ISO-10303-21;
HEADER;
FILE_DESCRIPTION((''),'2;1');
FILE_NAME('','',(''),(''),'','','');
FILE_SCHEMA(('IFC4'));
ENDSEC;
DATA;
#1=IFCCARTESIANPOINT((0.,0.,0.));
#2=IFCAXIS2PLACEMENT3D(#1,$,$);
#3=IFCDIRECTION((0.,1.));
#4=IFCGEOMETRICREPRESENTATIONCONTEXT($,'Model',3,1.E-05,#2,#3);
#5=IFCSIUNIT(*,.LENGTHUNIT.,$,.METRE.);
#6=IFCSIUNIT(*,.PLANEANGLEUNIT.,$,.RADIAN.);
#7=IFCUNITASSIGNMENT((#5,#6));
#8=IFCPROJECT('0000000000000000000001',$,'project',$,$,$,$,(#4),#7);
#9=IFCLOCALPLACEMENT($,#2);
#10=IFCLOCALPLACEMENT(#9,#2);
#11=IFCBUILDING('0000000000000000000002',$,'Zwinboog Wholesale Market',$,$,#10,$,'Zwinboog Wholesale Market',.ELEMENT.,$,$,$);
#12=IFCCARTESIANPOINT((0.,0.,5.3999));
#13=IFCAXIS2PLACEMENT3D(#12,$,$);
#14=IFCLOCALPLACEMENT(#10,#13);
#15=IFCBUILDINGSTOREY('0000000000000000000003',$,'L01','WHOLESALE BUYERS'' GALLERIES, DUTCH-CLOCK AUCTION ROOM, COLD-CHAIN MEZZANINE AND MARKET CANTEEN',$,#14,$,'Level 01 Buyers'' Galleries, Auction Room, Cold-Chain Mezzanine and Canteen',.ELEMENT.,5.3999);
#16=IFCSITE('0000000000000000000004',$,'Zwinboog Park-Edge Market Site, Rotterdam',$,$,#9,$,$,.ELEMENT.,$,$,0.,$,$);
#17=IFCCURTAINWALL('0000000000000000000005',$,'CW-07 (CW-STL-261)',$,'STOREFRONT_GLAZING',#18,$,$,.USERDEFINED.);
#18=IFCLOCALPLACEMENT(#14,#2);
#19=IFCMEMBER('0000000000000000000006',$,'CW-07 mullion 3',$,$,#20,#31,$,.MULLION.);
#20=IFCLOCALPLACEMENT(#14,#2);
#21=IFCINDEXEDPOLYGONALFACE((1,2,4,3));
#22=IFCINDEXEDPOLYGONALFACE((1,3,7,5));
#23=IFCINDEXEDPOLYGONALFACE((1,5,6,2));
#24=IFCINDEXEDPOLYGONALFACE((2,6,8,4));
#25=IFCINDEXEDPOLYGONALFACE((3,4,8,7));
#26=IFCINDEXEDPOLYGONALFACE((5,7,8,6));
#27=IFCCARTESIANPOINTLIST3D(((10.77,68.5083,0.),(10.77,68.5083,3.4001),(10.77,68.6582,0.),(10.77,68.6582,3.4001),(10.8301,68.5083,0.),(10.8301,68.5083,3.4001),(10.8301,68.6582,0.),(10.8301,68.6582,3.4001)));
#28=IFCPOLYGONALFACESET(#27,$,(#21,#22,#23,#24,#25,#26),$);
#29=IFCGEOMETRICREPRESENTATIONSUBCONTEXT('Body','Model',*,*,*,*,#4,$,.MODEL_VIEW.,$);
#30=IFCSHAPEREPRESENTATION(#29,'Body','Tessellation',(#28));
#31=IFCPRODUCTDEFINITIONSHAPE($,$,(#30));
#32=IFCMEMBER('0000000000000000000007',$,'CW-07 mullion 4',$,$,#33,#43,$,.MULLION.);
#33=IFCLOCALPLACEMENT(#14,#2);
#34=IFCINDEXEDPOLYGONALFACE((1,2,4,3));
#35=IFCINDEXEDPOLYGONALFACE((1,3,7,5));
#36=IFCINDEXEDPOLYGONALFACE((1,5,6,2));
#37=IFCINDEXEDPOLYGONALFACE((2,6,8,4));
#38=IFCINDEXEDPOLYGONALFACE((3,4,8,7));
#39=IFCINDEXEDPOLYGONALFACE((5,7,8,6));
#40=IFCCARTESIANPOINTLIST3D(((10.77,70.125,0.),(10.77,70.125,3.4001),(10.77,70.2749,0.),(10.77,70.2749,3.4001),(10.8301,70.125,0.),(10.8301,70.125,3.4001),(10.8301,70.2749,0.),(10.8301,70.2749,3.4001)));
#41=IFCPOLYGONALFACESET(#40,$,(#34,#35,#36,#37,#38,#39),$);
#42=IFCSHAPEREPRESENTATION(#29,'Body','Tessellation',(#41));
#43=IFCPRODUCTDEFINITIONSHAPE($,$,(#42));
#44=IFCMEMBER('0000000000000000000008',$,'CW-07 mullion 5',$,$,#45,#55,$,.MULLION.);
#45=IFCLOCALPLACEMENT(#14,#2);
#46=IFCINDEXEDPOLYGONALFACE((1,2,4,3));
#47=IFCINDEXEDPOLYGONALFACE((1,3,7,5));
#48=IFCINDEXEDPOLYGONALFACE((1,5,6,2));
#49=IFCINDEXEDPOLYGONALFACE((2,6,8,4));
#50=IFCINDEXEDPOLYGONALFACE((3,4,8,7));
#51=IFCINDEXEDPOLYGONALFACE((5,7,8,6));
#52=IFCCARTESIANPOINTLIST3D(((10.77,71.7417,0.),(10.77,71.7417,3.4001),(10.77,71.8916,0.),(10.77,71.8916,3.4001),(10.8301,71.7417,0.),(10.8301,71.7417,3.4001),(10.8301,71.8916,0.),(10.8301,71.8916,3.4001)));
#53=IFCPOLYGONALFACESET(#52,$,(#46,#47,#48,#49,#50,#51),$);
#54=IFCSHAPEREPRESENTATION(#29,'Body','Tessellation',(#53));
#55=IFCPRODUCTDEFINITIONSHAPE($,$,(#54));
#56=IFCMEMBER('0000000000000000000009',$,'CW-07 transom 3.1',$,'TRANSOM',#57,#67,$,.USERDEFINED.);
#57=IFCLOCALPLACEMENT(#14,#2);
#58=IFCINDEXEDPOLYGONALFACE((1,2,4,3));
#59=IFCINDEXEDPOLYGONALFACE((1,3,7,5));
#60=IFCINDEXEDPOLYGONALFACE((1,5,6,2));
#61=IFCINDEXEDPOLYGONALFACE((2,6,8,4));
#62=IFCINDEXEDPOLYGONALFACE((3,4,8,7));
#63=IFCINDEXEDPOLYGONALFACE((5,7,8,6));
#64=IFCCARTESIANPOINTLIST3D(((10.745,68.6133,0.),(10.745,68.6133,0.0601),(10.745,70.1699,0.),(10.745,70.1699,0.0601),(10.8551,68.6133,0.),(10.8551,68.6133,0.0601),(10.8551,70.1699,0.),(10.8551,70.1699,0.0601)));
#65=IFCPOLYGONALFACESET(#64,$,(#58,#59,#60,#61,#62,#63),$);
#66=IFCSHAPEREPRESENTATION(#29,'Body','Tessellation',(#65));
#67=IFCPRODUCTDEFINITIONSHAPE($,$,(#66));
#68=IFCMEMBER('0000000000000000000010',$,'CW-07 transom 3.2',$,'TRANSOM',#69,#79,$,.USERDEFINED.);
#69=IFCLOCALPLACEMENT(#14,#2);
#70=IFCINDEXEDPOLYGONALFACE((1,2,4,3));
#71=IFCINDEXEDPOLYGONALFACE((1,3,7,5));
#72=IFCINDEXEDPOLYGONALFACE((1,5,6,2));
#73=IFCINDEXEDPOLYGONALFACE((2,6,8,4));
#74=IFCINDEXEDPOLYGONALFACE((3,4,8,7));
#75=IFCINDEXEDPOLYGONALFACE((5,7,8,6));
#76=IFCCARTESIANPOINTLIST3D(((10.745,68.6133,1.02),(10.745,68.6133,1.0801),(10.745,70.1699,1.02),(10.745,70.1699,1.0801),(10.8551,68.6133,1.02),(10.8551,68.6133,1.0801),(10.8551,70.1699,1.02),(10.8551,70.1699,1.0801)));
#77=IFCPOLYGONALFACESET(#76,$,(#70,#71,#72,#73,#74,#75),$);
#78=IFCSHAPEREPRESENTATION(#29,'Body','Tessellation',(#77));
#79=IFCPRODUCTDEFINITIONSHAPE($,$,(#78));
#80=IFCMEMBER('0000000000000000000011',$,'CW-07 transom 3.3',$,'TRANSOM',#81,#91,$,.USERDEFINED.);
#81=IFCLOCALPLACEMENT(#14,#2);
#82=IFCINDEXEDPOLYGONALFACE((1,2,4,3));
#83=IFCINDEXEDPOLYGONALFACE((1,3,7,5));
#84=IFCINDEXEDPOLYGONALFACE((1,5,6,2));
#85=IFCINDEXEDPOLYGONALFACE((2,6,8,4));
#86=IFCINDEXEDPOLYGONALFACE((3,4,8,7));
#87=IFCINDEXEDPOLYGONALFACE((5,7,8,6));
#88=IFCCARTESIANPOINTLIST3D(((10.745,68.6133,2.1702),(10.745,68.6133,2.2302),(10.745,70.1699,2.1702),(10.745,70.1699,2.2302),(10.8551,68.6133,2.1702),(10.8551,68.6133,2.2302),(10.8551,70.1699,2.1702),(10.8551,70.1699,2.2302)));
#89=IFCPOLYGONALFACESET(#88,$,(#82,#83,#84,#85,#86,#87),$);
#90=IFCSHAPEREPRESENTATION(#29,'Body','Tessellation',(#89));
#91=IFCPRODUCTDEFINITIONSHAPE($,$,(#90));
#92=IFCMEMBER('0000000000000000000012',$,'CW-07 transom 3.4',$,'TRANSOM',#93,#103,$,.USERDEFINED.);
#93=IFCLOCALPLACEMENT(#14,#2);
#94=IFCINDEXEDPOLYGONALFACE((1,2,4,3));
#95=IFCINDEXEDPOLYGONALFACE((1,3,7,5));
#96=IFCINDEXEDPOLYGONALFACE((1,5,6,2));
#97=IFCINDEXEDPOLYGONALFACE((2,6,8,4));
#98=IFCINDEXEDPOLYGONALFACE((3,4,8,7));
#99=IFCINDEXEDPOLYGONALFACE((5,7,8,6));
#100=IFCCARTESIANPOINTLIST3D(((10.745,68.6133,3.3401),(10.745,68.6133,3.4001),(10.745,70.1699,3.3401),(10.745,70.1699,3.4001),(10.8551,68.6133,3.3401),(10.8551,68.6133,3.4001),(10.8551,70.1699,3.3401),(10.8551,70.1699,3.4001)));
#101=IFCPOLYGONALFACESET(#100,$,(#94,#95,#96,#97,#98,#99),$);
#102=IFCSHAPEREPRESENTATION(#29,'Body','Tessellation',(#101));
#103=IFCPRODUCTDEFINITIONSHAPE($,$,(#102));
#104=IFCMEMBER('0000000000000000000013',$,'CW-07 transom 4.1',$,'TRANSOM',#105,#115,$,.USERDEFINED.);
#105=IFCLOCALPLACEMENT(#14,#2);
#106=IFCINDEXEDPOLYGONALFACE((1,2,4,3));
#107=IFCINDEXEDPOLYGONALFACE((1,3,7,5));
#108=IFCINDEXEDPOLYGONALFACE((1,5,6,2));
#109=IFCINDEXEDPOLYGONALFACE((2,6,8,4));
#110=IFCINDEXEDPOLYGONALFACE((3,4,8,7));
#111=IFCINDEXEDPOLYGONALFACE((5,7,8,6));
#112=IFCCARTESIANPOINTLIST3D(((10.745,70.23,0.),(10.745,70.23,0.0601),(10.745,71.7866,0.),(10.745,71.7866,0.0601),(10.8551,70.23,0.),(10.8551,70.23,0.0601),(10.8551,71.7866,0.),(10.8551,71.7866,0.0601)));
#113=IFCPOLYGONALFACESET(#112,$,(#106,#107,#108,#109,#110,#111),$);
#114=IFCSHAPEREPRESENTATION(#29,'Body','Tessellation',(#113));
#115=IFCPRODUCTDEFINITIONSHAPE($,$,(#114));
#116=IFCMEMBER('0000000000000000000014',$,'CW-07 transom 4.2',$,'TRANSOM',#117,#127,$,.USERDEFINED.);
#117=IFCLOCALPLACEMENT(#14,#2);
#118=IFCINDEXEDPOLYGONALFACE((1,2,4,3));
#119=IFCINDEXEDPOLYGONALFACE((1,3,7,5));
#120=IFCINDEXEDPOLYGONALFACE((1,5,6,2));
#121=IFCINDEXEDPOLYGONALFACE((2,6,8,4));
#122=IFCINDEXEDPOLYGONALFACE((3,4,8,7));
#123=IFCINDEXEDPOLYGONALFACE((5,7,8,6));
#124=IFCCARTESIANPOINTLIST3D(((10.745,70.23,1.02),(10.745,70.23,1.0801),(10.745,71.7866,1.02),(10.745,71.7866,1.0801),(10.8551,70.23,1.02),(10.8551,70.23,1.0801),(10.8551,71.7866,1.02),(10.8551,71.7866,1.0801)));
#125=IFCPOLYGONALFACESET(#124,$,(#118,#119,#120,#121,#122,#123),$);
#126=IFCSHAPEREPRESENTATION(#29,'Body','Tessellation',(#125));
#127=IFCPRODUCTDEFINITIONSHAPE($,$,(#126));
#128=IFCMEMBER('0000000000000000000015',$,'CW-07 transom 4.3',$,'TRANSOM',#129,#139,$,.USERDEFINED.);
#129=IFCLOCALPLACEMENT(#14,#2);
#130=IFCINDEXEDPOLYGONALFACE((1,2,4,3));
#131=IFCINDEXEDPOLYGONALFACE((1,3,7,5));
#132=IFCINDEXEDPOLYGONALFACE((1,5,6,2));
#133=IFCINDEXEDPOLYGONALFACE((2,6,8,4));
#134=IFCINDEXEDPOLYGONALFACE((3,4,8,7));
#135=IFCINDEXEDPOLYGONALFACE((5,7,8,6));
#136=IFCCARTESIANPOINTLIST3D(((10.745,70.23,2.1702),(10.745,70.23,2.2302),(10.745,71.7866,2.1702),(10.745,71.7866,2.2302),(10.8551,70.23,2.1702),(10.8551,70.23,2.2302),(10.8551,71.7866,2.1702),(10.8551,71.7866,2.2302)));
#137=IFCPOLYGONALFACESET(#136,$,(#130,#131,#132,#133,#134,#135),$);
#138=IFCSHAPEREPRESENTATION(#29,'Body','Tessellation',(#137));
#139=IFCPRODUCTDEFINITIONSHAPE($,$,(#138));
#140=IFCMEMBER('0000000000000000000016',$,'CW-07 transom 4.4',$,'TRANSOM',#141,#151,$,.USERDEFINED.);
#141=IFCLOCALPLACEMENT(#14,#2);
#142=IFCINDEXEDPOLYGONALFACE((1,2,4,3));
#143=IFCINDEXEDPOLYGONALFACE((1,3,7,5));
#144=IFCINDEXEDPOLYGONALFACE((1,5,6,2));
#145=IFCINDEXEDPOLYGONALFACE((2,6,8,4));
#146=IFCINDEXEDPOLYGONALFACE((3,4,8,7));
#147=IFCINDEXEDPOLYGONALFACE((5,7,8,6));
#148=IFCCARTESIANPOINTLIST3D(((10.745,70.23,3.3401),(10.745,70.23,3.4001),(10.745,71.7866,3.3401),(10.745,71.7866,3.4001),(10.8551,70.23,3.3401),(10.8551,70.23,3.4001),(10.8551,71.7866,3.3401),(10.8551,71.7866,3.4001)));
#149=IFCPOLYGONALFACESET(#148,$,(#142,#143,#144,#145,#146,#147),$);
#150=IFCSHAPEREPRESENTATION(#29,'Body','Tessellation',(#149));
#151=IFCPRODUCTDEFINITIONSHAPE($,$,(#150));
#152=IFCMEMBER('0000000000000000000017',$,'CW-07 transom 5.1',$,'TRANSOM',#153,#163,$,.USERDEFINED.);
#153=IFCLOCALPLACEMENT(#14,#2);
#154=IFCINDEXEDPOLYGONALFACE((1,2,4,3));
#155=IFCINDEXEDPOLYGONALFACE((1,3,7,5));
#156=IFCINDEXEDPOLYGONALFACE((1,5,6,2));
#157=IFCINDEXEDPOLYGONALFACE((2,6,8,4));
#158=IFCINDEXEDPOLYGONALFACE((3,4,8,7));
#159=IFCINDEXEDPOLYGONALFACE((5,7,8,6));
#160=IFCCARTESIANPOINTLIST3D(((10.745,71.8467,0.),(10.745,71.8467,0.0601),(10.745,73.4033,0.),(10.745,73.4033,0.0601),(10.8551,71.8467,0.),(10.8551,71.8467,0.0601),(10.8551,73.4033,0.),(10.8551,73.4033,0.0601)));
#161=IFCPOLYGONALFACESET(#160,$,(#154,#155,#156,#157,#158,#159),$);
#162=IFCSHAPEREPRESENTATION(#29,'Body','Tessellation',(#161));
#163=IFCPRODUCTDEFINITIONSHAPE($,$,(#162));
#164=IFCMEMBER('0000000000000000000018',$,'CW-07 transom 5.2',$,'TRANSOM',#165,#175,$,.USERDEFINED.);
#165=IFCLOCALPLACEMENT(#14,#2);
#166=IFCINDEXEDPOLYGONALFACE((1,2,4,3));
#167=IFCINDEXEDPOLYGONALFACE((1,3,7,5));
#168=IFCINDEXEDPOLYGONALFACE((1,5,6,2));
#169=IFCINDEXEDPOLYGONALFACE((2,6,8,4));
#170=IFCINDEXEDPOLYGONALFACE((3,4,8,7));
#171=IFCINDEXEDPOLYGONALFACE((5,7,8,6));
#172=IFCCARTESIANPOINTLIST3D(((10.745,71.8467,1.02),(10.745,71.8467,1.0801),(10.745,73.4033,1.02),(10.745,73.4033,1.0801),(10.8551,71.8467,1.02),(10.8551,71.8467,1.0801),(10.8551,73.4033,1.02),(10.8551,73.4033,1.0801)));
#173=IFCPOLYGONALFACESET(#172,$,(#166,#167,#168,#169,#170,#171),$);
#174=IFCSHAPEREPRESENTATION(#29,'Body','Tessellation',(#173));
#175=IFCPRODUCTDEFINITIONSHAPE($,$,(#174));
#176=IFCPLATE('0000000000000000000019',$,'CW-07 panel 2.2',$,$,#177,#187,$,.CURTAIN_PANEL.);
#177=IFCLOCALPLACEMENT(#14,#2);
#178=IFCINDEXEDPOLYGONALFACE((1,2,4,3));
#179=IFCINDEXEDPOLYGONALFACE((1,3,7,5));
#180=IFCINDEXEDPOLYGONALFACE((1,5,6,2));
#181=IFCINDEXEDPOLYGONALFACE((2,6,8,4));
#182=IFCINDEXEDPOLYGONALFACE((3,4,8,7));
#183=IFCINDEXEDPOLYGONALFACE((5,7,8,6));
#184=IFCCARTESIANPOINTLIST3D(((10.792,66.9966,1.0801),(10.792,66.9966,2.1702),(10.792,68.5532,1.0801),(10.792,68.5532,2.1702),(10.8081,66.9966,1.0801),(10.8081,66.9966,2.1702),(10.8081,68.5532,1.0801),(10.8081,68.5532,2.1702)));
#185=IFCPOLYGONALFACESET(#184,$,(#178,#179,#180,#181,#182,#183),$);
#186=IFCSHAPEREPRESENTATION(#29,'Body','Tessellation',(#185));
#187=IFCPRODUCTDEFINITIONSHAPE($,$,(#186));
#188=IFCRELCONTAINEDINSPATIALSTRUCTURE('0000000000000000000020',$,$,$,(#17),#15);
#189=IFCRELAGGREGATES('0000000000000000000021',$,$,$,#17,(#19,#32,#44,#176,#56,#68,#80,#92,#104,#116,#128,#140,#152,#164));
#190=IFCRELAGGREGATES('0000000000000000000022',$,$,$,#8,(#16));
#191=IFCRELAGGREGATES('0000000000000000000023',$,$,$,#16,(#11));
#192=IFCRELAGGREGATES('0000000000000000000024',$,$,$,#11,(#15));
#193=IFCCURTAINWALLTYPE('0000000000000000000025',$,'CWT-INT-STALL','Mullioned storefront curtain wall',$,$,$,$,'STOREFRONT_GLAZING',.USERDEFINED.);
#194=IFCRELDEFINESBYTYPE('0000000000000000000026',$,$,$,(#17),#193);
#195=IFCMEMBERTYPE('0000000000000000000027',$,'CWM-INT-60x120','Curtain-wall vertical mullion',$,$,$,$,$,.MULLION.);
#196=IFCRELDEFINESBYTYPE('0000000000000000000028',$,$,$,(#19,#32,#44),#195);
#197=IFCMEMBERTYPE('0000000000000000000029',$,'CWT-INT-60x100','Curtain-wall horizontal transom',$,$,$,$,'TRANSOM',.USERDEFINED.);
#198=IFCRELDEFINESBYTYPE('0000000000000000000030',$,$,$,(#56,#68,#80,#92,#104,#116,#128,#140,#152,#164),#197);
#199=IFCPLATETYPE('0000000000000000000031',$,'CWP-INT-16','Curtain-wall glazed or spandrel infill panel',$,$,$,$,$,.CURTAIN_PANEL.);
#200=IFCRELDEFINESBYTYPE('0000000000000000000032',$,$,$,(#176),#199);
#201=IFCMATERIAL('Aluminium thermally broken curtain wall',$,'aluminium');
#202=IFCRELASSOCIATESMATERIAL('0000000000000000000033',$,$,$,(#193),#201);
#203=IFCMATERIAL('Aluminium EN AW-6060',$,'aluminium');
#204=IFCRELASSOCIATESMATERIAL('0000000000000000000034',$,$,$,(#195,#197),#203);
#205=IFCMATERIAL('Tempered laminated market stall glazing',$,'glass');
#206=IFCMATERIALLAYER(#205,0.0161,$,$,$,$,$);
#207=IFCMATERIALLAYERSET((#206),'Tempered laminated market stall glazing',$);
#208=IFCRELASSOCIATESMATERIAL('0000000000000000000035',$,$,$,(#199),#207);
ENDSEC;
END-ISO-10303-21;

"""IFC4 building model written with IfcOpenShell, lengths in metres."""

from ifc_helpers import new_model, si_unit, direction, frame, origin, origin_2d, place, context, subcontext, project, spatial, rectangle, extrude, material, layer, layer_set, material_profile, profile_set, type_object, element, aggregate, save


model = new_model("IFC4")

# Units and contexts
model_context = context("Model", 3, precision=1e-05, world=origin(), true_north=direction((0.0, 1.0)))
body_context = subcontext(model_context, "Body", "Model", "MODEL_VIEW")
ifc_project = project(units=[si_unit("LENGTHUNIT", "METRE"), si_unit("PLANEANGLEUNIT", "RADIAN")], contexts=[model_context])

# Site, building, storey
site_placement = place(None, origin())
site = spatial("IfcSite", under=ifc_project, at=site_placement, Name="Zwinboog Park-Edge Market Site, Rotterdam", CompositionType="ELEMENT", RefElevation=0.0)
building_placement = place(site_placement, origin())
building = spatial("IfcBuilding", under=site, at=building_placement, Name="Zwinboog Wholesale Market", LongName="Zwinboog Wholesale Market", CompositionType="ELEMENT")
storey_placement = place(building_placement, frame((0.0, 0.0, 5.3999)))
storey = spatial("IfcBuildingStorey", under=building, at=storey_placement, Name="L01", Description="WHOLESALE BUYERS' GALLERIES, DUTCH-CLOCK AUCTION ROOM, COLD-CHAIN MEZZANINE AND MARKET CANTEEN", LongName="Level 01 Buyers' Galleries, Auction Room, Cold-Chain Mezzanine and Canteen", CompositionType="ELEMENT", Elevation=5.3999)

# Curtain wall, members, plate
ifc_material_1 = material(Name="Aluminium thermally broken curtain wall", Category="aluminium")
curtain_wall_type = type_object("IfcCurtainWallType", Name="CWT-INT-STALL", Description="Mullioned storefront curtain wall", ElementType="STOREFRONT_GLAZING", PredefinedType="USERDEFINED", material=ifc_material_1)
curtain_wall_placement = place(storey_placement, origin())
curtain_wall = element("IfcCurtainWall", 1, at=curtain_wall_placement, inside=storey, type_object=curtain_wall_type, Name="CW-07 (CW-STL-261)", ObjectType="STOREFRONT_GLAZING", PredefinedType="USERDEFINED")
ifc_material_2 = material(Name="Aluminium EN AW-6060", Category="aluminium")
ifc_material_profile_1 = material_profile(ifc_material_2, rectangle(XDim=0.0601, YDim=0.1499, at=origin_2d()), Name="AL 60x150")
ifc_profile_set_1 = profile_set([ifc_material_profile_1], Name="Aluminium EN AW-6060")
member_type_1 = type_object("IfcMemberType", Name="CWM-INT-60x120", Description="Curtain-wall vertical mullion", PredefinedType="MULLION", material=ifc_profile_set_1)
member_1_placement = place(storey_placement, frame((10.8, 68.5833, 0.0), z_axis=(0.0, 0.0, 1.0), x_axis=(-1.0, 0.0, 0.0)))
member_1 = element("IfcMember", 2, at=member_1_placement, type_object=member_type_1, Name="CW-07 mullion 3", PredefinedType="MULLION", context=body_context, shape_type="SweptSolid", body=[
    extrude(rectangle(XDim=0.0601, YDim=0.1499, at=origin_2d()), origin(), (0.0, 0.0, 1.0), 3.4001),
])
member_2_placement = place(storey_placement, frame((10.8, 70.2, 0.0), z_axis=(0.0, 0.0, 1.0), x_axis=(-1.0, 0.0, 0.0)))
member_2 = element("IfcMember", 3, at=member_2_placement, type_object=member_type_1, Name="CW-07 mullion 4", PredefinedType="MULLION", context=body_context, shape_type="SweptSolid", body=[
    extrude(rectangle(XDim=0.0601, YDim=0.1499, at=origin_2d()), origin(), (0.0, 0.0, 1.0), 3.4001),
])
member_3_placement = place(storey_placement, frame((10.8, 71.8167, 0.0), z_axis=(0.0, 0.0, 1.0), x_axis=(-1.0, 0.0, 0.0)))
member_3 = element("IfcMember", 4, at=member_3_placement, type_object=member_type_1, Name="CW-07 mullion 5", PredefinedType="MULLION", context=body_context, shape_type="SweptSolid", body=[
    extrude(rectangle(XDim=0.0601, YDim=0.1499, at=origin_2d()), origin(), (0.0, 0.0, 1.0), 3.4001),
])
ifc_material_profile_2 = material_profile(ifc_material_2, rectangle(XDim=0.1101, YDim=0.0601, at=origin_2d()), Name="AL 60x110")
ifc_profile_set_2 = profile_set([ifc_material_profile_2], Name="Aluminium EN AW-6060")
member_type_2 = type_object("IfcMemberType", Name="CWT-INT-60x100", Description="Curtain-wall horizontal transom", ElementType="TRANSOM", PredefinedType="USERDEFINED", material=ifc_profile_set_2)
member_4_placement = place(storey_placement, frame((10.8, 68.6133, 0.03), z_axis=(0.0, 1.0, 0.0), x_axis=(-1.0, 0.0, 0.0)))
member_4 = element("IfcMember", 5, at=member_4_placement, type_object=member_type_2, Name="CW-07 transom 3.1", ObjectType="TRANSOM", PredefinedType="USERDEFINED", context=body_context, shape_type="SweptSolid", body=[
    extrude(rectangle(XDim=0.1101, YDim=0.0601, at=origin_2d()), origin(), (0.0, 0.0, 1.0), 1.5566),
])
member_5_placement = place(storey_placement, frame((10.8, 68.6133, 1.05), z_axis=(0.0, 1.0, 0.0), x_axis=(-1.0, 0.0, 0.0)))
member_5 = element("IfcMember", 6, at=member_5_placement, type_object=member_type_2, Name="CW-07 transom 3.2", ObjectType="TRANSOM", PredefinedType="USERDEFINED", context=body_context, shape_type="SweptSolid", body=[
    extrude(rectangle(XDim=0.1101, YDim=0.0601, at=origin_2d()), origin(), (0.0, 0.0, 1.0), 1.5566),
])
member_6_placement = place(storey_placement, frame((10.8, 68.6133, 2.2002), z_axis=(0.0, 1.0, 0.0), x_axis=(-1.0, 0.0, 0.0)))
member_6 = element("IfcMember", 7, at=member_6_placement, type_object=member_type_2, Name="CW-07 transom 3.3", ObjectType="TRANSOM", PredefinedType="USERDEFINED", context=body_context, shape_type="SweptSolid", body=[
    extrude(rectangle(XDim=0.1101, YDim=0.0601, at=origin_2d()), origin(), (0.0, 0.0, 1.0), 1.5566),
])
member_7_placement = place(storey_placement, frame((10.8, 68.6133, 3.3701), z_axis=(0.0, 1.0, 0.0), x_axis=(-1.0, 0.0, 0.0)))
member_7 = element("IfcMember", 8, at=member_7_placement, type_object=member_type_2, Name="CW-07 transom 3.4", ObjectType="TRANSOM", PredefinedType="USERDEFINED", context=body_context, shape_type="SweptSolid", body=[
    extrude(rectangle(XDim=0.1101, YDim=0.0601, at=origin_2d()), origin(), (0.0, 0.0, 1.0), 1.5566),
])
member_8_placement = place(storey_placement, frame((10.8, 70.23, 0.03), z_axis=(0.0, 1.0, 0.0), x_axis=(-1.0, 0.0, 0.0)))
member_8 = element("IfcMember", 9, at=member_8_placement, type_object=member_type_2, Name="CW-07 transom 4.1", ObjectType="TRANSOM", PredefinedType="USERDEFINED", context=body_context, shape_type="SweptSolid", body=[
    extrude(rectangle(XDim=0.1101, YDim=0.0601, at=origin_2d()), origin(), (0.0, 0.0, 1.0), 1.5566),
])
member_9_placement = place(storey_placement, frame((10.8, 70.23, 1.05), z_axis=(0.0, 1.0, 0.0), x_axis=(-1.0, 0.0, 0.0)))
member_9 = element("IfcMember", 10, at=member_9_placement, type_object=member_type_2, Name="CW-07 transom 4.2", ObjectType="TRANSOM", PredefinedType="USERDEFINED", context=body_context, shape_type="SweptSolid", body=[
    extrude(rectangle(XDim=0.1101, YDim=0.0601, at=origin_2d()), origin(), (0.0, 0.0, 1.0), 1.5566),
])
member_10_placement = place(storey_placement, frame((10.8, 70.23, 2.2002), z_axis=(0.0, 1.0, 0.0), x_axis=(-1.0, 0.0, 0.0)))
member_10 = element("IfcMember", 11, at=member_10_placement, type_object=member_type_2, Name="CW-07 transom 4.3", ObjectType="TRANSOM", PredefinedType="USERDEFINED", context=body_context, shape_type="SweptSolid", body=[
    extrude(rectangle(XDim=0.1101, YDim=0.0601, at=origin_2d()), origin(), (0.0, 0.0, 1.0), 1.5566),
])
member_11_placement = place(storey_placement, frame((10.8, 70.23, 3.3701), z_axis=(0.0, 1.0, 0.0), x_axis=(-1.0, 0.0, 0.0)))
member_11 = element("IfcMember", 12, at=member_11_placement, type_object=member_type_2, Name="CW-07 transom 4.4", ObjectType="TRANSOM", PredefinedType="USERDEFINED", context=body_context, shape_type="SweptSolid", body=[
    extrude(rectangle(XDim=0.1101, YDim=0.0601, at=origin_2d()), origin(), (0.0, 0.0, 1.0), 1.5566),
])
member_12_placement = place(storey_placement, frame((10.8, 71.8467, 0.03), z_axis=(0.0, 1.0, 0.0), x_axis=(-1.0, 0.0, 0.0)))
member_12 = element("IfcMember", 13, at=member_12_placement, type_object=member_type_2, Name="CW-07 transom 5.1", ObjectType="TRANSOM", PredefinedType="USERDEFINED", context=body_context, shape_type="SweptSolid", body=[
    extrude(rectangle(XDim=0.1101, YDim=0.0601, at=origin_2d()), origin(), (0.0, 0.0, 1.0), 1.5566),
])
member_13_placement = place(storey_placement, frame((10.8, 71.8467, 1.05), z_axis=(0.0, 1.0, 0.0), x_axis=(-1.0, 0.0, 0.0)))
member_13 = element("IfcMember", 14, at=member_13_placement, type_object=member_type_2, Name="CW-07 transom 5.2", ObjectType="TRANSOM", PredefinedType="USERDEFINED", context=body_context, shape_type="SweptSolid", body=[
    extrude(rectangle(XDim=0.1101, YDim=0.0601, at=origin_2d()), origin(), (0.0, 0.0, 1.0), 1.5566),
])
ifc_material_3 = material(Name="Tempered laminated market stall glazing", Category="glass")
ifc_layer = layer(ifc_material_3, 0.0161)
ifc_layer_set = layer_set([ifc_layer], Name="Tempered laminated market stall glazing")
plate_type = type_object("IfcPlateType", Name="CWP-INT-16", Description="Curtain-wall glazed or spandrel infill panel", PredefinedType="CURTAIN_PANEL", material=ifc_layer_set)
plate_1_placement = place(storey_placement, frame((10.8, 67.7749, 1.0801), z_axis=(0.0, 0.0, 1.0), x_axis=(0.0, 1.0, 0.0)))
plate_1 = element("IfcPlate", 15, at=plate_1_placement, type_object=plate_type, Name="CW-07 panel 2.2", PredefinedType="CURTAIN_PANEL", context=body_context, shape_type="SweptSolid", body=[
    extrude(rectangle(XDim=1.5566, YDim=0.0161, at=origin_2d()), origin(), (0.0, 0.0, 1.0), 1.0901),
])
aggregate(curtain_wall, [member_1, member_2, member_3, plate_1, member_4, member_5, member_6, member_7, member_8, member_9, member_10, member_11, member_12, member_13])

save(model, "model.ifc")
